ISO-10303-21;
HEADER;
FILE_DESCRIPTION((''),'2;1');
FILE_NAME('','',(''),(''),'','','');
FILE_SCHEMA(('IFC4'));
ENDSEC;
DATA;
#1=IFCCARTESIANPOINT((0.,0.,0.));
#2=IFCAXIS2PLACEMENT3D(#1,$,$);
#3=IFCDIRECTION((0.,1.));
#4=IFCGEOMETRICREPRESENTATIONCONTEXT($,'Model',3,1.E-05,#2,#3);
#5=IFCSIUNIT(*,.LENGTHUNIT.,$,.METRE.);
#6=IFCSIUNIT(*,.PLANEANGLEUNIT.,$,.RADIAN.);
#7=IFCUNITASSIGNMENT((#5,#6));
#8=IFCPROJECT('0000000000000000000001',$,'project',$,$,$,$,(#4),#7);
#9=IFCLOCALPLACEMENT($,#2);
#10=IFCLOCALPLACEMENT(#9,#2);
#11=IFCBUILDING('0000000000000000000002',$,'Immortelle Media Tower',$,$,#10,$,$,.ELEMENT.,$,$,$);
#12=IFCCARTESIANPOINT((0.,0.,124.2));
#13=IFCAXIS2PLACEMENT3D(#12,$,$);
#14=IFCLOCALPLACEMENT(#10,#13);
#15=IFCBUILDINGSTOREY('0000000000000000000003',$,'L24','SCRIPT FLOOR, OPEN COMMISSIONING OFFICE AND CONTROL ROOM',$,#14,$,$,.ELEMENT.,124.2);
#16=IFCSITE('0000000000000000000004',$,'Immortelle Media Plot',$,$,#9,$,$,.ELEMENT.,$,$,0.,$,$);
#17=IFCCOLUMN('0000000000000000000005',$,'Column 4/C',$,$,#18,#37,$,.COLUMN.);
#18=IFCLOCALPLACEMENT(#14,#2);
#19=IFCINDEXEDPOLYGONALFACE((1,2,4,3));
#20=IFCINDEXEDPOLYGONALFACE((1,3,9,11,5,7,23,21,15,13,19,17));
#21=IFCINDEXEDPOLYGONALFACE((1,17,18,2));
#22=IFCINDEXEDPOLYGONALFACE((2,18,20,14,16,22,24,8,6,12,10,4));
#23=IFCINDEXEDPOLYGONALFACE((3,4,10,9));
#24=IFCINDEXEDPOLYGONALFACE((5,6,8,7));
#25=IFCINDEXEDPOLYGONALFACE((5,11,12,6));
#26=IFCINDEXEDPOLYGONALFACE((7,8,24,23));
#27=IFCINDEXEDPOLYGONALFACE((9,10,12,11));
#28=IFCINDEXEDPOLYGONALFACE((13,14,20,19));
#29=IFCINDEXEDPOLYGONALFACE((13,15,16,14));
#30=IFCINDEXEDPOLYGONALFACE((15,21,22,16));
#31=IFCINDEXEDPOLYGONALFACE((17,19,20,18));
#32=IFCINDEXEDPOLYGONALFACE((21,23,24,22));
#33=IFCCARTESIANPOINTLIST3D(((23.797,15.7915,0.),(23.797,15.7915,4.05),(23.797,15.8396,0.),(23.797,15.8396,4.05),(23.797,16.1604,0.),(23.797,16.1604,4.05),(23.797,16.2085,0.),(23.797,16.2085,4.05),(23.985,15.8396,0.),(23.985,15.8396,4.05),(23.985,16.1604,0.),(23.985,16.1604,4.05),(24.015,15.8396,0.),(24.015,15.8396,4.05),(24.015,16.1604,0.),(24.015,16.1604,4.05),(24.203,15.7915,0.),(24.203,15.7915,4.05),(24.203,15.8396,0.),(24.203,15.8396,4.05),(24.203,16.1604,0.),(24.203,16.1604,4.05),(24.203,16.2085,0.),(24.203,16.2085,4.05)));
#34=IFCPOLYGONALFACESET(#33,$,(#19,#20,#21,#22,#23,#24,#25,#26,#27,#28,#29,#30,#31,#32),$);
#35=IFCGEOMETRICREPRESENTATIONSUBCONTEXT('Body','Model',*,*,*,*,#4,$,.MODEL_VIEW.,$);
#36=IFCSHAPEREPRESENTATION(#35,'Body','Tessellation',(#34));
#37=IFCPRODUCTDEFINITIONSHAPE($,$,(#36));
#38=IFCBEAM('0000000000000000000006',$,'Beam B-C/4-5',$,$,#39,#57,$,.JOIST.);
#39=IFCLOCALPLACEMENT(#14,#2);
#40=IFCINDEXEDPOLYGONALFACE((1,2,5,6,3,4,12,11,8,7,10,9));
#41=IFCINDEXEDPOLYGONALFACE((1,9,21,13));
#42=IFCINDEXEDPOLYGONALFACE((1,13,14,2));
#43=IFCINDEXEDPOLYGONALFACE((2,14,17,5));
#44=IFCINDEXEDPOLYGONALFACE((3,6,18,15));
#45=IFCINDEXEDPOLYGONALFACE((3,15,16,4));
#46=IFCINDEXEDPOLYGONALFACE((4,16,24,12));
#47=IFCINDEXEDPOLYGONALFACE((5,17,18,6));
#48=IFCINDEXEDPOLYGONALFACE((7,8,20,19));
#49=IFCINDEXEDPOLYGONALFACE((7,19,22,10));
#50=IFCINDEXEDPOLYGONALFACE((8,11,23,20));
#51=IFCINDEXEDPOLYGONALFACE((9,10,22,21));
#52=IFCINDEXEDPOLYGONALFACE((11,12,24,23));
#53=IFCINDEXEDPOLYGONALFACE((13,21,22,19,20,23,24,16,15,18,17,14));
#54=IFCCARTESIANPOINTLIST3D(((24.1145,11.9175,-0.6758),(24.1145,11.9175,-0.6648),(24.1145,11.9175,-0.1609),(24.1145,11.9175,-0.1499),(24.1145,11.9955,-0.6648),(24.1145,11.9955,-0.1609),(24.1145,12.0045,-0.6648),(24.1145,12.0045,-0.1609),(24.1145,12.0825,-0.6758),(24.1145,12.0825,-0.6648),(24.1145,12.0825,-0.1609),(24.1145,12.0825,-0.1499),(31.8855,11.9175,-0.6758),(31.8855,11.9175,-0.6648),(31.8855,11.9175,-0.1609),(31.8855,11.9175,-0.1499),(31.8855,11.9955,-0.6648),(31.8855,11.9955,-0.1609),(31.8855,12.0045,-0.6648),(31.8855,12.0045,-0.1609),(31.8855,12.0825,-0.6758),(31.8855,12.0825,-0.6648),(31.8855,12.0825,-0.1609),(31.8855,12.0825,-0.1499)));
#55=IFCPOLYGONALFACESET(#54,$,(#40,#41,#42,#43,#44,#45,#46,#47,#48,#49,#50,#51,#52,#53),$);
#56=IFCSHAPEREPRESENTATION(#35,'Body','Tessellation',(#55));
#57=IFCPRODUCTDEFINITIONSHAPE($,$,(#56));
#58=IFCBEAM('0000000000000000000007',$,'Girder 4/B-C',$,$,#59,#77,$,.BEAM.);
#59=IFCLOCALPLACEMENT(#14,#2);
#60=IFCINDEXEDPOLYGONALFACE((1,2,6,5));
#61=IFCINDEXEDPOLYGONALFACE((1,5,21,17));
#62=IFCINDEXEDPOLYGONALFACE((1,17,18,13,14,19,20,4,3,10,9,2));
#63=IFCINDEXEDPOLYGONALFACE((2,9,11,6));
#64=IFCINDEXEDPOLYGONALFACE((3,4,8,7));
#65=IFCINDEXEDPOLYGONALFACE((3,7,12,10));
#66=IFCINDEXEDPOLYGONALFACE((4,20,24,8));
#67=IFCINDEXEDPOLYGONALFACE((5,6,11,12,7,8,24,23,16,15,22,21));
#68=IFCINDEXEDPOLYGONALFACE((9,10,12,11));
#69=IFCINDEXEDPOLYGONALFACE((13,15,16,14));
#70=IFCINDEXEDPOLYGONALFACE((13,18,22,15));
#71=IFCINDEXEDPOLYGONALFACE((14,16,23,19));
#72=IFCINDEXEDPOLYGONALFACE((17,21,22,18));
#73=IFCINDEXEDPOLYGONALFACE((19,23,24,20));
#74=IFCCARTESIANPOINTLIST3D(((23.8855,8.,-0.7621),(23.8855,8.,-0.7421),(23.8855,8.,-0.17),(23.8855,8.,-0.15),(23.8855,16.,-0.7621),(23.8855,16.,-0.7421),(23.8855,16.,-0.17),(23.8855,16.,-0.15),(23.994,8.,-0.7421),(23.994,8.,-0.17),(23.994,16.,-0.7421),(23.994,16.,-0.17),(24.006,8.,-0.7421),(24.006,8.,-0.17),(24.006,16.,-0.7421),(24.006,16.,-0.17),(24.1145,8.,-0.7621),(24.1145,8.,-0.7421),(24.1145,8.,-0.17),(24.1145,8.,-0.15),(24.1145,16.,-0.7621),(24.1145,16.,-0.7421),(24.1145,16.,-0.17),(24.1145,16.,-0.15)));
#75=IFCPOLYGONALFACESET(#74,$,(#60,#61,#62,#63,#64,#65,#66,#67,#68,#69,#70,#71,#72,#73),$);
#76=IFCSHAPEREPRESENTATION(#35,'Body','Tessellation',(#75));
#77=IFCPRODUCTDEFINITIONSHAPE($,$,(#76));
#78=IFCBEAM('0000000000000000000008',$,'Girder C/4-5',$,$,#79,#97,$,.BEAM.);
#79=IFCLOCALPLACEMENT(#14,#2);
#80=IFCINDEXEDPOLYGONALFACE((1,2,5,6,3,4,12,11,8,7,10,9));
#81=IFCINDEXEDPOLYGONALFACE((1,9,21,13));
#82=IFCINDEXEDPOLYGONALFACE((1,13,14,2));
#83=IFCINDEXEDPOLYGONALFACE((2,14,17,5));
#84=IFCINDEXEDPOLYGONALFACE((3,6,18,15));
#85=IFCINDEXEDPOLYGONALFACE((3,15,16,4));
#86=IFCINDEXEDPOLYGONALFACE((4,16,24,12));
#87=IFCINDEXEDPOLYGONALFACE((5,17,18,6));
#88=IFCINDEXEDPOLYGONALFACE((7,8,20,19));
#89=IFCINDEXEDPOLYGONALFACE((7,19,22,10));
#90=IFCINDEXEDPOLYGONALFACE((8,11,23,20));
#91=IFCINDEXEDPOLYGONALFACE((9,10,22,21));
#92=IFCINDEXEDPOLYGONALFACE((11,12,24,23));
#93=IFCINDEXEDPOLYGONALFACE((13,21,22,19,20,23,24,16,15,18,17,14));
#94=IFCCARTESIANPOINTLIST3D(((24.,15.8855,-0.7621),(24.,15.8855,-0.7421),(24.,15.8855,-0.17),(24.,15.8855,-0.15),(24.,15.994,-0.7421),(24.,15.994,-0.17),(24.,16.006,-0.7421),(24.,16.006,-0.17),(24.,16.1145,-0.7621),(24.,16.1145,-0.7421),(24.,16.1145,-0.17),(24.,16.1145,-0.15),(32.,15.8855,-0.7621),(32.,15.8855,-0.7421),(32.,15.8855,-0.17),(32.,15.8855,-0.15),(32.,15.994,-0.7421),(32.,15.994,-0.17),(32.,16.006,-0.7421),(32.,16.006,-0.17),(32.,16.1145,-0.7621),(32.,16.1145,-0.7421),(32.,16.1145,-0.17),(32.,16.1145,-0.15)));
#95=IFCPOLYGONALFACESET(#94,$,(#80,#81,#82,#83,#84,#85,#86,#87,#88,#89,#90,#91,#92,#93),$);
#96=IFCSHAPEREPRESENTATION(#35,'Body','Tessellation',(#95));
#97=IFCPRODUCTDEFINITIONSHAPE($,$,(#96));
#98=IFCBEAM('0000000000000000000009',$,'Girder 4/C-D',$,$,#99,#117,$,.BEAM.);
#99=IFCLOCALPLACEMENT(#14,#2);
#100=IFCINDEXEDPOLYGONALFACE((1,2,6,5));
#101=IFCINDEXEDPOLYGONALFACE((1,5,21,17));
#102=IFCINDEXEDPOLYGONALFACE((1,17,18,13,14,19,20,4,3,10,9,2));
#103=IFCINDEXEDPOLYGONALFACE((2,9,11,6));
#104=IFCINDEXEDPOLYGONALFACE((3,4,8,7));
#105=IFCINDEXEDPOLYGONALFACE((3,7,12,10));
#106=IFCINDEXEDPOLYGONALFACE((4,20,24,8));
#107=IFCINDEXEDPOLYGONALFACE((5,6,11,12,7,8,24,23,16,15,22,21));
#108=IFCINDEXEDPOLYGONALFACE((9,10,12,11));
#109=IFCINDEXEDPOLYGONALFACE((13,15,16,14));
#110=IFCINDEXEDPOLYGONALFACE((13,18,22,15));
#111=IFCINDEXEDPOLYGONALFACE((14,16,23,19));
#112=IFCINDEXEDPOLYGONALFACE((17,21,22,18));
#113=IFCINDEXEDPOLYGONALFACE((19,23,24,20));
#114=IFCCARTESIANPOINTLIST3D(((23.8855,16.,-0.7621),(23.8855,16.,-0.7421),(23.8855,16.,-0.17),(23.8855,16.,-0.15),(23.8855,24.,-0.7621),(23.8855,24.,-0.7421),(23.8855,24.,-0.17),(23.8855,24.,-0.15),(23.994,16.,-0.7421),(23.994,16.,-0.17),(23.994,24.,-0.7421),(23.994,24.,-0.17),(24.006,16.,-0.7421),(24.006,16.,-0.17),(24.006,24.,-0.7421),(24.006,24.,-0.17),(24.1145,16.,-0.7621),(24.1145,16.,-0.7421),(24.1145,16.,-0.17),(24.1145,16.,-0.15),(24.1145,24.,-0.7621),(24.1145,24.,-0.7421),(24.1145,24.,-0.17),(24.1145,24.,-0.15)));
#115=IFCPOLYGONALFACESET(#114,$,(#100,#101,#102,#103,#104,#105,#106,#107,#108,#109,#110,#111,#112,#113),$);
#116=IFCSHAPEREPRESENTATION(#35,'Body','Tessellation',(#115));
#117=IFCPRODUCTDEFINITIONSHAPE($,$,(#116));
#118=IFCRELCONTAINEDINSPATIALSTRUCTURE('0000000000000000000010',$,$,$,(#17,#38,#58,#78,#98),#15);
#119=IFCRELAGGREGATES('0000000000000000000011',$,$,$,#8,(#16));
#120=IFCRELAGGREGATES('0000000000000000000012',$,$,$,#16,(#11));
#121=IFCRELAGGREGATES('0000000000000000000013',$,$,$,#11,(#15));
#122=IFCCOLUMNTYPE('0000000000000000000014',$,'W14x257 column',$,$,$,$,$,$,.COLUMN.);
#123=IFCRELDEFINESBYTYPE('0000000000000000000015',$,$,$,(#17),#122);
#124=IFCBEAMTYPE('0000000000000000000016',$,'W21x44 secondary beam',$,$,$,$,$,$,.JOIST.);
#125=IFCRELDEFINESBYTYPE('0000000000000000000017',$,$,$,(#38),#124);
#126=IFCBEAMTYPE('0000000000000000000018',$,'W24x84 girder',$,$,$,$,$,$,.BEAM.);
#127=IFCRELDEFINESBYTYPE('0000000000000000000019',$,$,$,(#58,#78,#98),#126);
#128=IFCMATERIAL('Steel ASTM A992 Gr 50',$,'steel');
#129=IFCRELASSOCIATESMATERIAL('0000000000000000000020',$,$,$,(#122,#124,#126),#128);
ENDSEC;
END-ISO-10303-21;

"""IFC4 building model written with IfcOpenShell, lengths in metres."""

from ifc_helpers import new_model, si_unit, direction, frame, origin, origin_2d, place, context, subcontext, project, spatial, i_section, extrude, material, material_profile, profile_set, type_object, element, save


model = new_model("IFC4")

# Units and contexts
model_context = context("Model", 3, precision=1e-05, world=origin(), true_north=direction((0.0, 1.0)))
body_context = subcontext(model_context, "Body", "Model", "MODEL_VIEW")
ifc_project = project(units=[si_unit("LENGTHUNIT", "METRE"), si_unit("PLANEANGLEUNIT", "RADIAN")], contexts=[model_context])

# Site, building, storey
site_placement = place(None, origin())
site = spatial("IfcSite", under=ifc_project, at=site_placement, Name="Immortelle Media Plot", CompositionType="ELEMENT", RefElevation=0.0)
building_placement = place(site_placement, origin())
building = spatial("IfcBuilding", under=site, at=building_placement, Name="Immortelle Media Tower", CompositionType="ELEMENT")
storey_placement = place(building_placement, frame((0.0, 0.0, 124.2)))
storey = spatial("IfcBuildingStorey", under=building, at=storey_placement, Name="L24", Description="SCRIPT FLOOR, OPEN COMMISSIONING OFFICE AND CONTROL ROOM", CompositionType="ELEMENT", Elevation=124.2)

# Column
ifc_material_1 = material(Name="Steel ASTM A992 Gr 50", Category="steel")
ifc_material_profile_1 = material_profile(ifc_material_1, i_section(OverallWidth=0.406, OverallDepth=0.417, WebThickness=0.03, FlangeThickness=0.0481, at=origin_2d()), Name="W14x257")
ifc_profile_set_1 = profile_set([ifc_material_profile_1], Name="Steel ASTM A992 Gr 50")
column_type = type_object("IfcColumnType", Name="W14x257 column", PredefinedType="COLUMN", material=ifc_profile_set_1)
column_placement = place(storey_placement, frame((24.0, 16.0, 0.0), z_axis=(0.0, 0.0, 1.0), x_axis=(1.0, 0.0, 0.0)))
element("IfcColumn", 1, at=column_placement, inside=storey, type_object=column_type, Name="Column 4/C", PredefinedType="COLUMN", context=body_context, shape_type="SweptSolid", body=[
    extrude(i_section(OverallWidth=0.406, OverallDepth=0.417, WebThickness=0.03, FlangeThickness=0.0481, at=origin_2d()), origin(), (0.0, 0.0, 1.0), 4.05),
])

# Beams
ifc_material_profile_2 = material_profile(ifc_material_1, i_section(OverallWidth=0.165, OverallDepth=0.5259, WebThickness=0.009, FlangeThickness=0.011, at=origin_2d()), Name="W21x44")
ifc_profile_set_2 = profile_set([ifc_material_profile_2], Name="Steel ASTM A992 Gr 50")
beam_type_1 = type_object("IfcBeamType", Name="W21x44 secondary beam", PredefinedType="JOIST", material=ifc_profile_set_2)
beam_placement = place(storey_placement, frame((24.1145, 12.0, -0.4128), z_axis=(1.0, 0.0, 0.0), x_axis=(0.0, 1.0, 0.0)))
element("IfcBeam", 2, at=beam_placement, inside=storey, type_object=beam_type_1, Name="Beam B-C/4-5", PredefinedType="JOIST", context=body_context, shape_type="SweptSolid", body=[
    extrude(i_section(OverallWidth=0.165, OverallDepth=0.5259, WebThickness=0.009, FlangeThickness=0.011, at=origin_2d()), origin(), (0.0, 0.0, 1.0), 7.771),
])
ifc_material_profile_3 = material_profile(ifc_material_1, i_section(OverallWidth=0.229, OverallDepth=0.6121, WebThickness=0.012, FlangeThickness=0.02, at=origin_2d()), Name="W24x84")
ifc_profile_set_3 = profile_set([ifc_material_profile_3], Name="Steel ASTM A992 Gr 50")
beam_type_2 = type_object("IfcBeamType", Name="W24x84 girder", PredefinedType="BEAM", material=ifc_profile_set_3)
for number, where, z_axis, x_axis, name in (
    (3, (24.0, 8.0, -0.4561), (0.0, 1.0, 0.0), (-1.0, 0.0, 0.0), "Girder 4/B-C"),
    (4, (24.0, 16.0, -0.4561), (1.0, 0.0, 0.0), (0.0, 1.0, 0.0), "Girder C/4-5"),
    (5, (24.0, 16.0, -0.4561), (0.0, 1.0, 0.0), (-1.0, 0.0, 0.0), "Girder 4/C-D"),
):
    element("IfcBeam", number, at=place(storey_placement, frame(where, z_axis=z_axis, x_axis=x_axis)), inside=storey, type_object=beam_type_2, Name=name, PredefinedType="BEAM", context=body_context, shape_type="SweptSolid", body=[
        extrude(i_section(OverallWidth=0.229, OverallDepth=0.6121, WebThickness=0.012, FlangeThickness=0.02, at=origin_2d()), origin(), (0.0, 0.0, 1.0), 8.0),
    ])

save(model, "model.ifc")
